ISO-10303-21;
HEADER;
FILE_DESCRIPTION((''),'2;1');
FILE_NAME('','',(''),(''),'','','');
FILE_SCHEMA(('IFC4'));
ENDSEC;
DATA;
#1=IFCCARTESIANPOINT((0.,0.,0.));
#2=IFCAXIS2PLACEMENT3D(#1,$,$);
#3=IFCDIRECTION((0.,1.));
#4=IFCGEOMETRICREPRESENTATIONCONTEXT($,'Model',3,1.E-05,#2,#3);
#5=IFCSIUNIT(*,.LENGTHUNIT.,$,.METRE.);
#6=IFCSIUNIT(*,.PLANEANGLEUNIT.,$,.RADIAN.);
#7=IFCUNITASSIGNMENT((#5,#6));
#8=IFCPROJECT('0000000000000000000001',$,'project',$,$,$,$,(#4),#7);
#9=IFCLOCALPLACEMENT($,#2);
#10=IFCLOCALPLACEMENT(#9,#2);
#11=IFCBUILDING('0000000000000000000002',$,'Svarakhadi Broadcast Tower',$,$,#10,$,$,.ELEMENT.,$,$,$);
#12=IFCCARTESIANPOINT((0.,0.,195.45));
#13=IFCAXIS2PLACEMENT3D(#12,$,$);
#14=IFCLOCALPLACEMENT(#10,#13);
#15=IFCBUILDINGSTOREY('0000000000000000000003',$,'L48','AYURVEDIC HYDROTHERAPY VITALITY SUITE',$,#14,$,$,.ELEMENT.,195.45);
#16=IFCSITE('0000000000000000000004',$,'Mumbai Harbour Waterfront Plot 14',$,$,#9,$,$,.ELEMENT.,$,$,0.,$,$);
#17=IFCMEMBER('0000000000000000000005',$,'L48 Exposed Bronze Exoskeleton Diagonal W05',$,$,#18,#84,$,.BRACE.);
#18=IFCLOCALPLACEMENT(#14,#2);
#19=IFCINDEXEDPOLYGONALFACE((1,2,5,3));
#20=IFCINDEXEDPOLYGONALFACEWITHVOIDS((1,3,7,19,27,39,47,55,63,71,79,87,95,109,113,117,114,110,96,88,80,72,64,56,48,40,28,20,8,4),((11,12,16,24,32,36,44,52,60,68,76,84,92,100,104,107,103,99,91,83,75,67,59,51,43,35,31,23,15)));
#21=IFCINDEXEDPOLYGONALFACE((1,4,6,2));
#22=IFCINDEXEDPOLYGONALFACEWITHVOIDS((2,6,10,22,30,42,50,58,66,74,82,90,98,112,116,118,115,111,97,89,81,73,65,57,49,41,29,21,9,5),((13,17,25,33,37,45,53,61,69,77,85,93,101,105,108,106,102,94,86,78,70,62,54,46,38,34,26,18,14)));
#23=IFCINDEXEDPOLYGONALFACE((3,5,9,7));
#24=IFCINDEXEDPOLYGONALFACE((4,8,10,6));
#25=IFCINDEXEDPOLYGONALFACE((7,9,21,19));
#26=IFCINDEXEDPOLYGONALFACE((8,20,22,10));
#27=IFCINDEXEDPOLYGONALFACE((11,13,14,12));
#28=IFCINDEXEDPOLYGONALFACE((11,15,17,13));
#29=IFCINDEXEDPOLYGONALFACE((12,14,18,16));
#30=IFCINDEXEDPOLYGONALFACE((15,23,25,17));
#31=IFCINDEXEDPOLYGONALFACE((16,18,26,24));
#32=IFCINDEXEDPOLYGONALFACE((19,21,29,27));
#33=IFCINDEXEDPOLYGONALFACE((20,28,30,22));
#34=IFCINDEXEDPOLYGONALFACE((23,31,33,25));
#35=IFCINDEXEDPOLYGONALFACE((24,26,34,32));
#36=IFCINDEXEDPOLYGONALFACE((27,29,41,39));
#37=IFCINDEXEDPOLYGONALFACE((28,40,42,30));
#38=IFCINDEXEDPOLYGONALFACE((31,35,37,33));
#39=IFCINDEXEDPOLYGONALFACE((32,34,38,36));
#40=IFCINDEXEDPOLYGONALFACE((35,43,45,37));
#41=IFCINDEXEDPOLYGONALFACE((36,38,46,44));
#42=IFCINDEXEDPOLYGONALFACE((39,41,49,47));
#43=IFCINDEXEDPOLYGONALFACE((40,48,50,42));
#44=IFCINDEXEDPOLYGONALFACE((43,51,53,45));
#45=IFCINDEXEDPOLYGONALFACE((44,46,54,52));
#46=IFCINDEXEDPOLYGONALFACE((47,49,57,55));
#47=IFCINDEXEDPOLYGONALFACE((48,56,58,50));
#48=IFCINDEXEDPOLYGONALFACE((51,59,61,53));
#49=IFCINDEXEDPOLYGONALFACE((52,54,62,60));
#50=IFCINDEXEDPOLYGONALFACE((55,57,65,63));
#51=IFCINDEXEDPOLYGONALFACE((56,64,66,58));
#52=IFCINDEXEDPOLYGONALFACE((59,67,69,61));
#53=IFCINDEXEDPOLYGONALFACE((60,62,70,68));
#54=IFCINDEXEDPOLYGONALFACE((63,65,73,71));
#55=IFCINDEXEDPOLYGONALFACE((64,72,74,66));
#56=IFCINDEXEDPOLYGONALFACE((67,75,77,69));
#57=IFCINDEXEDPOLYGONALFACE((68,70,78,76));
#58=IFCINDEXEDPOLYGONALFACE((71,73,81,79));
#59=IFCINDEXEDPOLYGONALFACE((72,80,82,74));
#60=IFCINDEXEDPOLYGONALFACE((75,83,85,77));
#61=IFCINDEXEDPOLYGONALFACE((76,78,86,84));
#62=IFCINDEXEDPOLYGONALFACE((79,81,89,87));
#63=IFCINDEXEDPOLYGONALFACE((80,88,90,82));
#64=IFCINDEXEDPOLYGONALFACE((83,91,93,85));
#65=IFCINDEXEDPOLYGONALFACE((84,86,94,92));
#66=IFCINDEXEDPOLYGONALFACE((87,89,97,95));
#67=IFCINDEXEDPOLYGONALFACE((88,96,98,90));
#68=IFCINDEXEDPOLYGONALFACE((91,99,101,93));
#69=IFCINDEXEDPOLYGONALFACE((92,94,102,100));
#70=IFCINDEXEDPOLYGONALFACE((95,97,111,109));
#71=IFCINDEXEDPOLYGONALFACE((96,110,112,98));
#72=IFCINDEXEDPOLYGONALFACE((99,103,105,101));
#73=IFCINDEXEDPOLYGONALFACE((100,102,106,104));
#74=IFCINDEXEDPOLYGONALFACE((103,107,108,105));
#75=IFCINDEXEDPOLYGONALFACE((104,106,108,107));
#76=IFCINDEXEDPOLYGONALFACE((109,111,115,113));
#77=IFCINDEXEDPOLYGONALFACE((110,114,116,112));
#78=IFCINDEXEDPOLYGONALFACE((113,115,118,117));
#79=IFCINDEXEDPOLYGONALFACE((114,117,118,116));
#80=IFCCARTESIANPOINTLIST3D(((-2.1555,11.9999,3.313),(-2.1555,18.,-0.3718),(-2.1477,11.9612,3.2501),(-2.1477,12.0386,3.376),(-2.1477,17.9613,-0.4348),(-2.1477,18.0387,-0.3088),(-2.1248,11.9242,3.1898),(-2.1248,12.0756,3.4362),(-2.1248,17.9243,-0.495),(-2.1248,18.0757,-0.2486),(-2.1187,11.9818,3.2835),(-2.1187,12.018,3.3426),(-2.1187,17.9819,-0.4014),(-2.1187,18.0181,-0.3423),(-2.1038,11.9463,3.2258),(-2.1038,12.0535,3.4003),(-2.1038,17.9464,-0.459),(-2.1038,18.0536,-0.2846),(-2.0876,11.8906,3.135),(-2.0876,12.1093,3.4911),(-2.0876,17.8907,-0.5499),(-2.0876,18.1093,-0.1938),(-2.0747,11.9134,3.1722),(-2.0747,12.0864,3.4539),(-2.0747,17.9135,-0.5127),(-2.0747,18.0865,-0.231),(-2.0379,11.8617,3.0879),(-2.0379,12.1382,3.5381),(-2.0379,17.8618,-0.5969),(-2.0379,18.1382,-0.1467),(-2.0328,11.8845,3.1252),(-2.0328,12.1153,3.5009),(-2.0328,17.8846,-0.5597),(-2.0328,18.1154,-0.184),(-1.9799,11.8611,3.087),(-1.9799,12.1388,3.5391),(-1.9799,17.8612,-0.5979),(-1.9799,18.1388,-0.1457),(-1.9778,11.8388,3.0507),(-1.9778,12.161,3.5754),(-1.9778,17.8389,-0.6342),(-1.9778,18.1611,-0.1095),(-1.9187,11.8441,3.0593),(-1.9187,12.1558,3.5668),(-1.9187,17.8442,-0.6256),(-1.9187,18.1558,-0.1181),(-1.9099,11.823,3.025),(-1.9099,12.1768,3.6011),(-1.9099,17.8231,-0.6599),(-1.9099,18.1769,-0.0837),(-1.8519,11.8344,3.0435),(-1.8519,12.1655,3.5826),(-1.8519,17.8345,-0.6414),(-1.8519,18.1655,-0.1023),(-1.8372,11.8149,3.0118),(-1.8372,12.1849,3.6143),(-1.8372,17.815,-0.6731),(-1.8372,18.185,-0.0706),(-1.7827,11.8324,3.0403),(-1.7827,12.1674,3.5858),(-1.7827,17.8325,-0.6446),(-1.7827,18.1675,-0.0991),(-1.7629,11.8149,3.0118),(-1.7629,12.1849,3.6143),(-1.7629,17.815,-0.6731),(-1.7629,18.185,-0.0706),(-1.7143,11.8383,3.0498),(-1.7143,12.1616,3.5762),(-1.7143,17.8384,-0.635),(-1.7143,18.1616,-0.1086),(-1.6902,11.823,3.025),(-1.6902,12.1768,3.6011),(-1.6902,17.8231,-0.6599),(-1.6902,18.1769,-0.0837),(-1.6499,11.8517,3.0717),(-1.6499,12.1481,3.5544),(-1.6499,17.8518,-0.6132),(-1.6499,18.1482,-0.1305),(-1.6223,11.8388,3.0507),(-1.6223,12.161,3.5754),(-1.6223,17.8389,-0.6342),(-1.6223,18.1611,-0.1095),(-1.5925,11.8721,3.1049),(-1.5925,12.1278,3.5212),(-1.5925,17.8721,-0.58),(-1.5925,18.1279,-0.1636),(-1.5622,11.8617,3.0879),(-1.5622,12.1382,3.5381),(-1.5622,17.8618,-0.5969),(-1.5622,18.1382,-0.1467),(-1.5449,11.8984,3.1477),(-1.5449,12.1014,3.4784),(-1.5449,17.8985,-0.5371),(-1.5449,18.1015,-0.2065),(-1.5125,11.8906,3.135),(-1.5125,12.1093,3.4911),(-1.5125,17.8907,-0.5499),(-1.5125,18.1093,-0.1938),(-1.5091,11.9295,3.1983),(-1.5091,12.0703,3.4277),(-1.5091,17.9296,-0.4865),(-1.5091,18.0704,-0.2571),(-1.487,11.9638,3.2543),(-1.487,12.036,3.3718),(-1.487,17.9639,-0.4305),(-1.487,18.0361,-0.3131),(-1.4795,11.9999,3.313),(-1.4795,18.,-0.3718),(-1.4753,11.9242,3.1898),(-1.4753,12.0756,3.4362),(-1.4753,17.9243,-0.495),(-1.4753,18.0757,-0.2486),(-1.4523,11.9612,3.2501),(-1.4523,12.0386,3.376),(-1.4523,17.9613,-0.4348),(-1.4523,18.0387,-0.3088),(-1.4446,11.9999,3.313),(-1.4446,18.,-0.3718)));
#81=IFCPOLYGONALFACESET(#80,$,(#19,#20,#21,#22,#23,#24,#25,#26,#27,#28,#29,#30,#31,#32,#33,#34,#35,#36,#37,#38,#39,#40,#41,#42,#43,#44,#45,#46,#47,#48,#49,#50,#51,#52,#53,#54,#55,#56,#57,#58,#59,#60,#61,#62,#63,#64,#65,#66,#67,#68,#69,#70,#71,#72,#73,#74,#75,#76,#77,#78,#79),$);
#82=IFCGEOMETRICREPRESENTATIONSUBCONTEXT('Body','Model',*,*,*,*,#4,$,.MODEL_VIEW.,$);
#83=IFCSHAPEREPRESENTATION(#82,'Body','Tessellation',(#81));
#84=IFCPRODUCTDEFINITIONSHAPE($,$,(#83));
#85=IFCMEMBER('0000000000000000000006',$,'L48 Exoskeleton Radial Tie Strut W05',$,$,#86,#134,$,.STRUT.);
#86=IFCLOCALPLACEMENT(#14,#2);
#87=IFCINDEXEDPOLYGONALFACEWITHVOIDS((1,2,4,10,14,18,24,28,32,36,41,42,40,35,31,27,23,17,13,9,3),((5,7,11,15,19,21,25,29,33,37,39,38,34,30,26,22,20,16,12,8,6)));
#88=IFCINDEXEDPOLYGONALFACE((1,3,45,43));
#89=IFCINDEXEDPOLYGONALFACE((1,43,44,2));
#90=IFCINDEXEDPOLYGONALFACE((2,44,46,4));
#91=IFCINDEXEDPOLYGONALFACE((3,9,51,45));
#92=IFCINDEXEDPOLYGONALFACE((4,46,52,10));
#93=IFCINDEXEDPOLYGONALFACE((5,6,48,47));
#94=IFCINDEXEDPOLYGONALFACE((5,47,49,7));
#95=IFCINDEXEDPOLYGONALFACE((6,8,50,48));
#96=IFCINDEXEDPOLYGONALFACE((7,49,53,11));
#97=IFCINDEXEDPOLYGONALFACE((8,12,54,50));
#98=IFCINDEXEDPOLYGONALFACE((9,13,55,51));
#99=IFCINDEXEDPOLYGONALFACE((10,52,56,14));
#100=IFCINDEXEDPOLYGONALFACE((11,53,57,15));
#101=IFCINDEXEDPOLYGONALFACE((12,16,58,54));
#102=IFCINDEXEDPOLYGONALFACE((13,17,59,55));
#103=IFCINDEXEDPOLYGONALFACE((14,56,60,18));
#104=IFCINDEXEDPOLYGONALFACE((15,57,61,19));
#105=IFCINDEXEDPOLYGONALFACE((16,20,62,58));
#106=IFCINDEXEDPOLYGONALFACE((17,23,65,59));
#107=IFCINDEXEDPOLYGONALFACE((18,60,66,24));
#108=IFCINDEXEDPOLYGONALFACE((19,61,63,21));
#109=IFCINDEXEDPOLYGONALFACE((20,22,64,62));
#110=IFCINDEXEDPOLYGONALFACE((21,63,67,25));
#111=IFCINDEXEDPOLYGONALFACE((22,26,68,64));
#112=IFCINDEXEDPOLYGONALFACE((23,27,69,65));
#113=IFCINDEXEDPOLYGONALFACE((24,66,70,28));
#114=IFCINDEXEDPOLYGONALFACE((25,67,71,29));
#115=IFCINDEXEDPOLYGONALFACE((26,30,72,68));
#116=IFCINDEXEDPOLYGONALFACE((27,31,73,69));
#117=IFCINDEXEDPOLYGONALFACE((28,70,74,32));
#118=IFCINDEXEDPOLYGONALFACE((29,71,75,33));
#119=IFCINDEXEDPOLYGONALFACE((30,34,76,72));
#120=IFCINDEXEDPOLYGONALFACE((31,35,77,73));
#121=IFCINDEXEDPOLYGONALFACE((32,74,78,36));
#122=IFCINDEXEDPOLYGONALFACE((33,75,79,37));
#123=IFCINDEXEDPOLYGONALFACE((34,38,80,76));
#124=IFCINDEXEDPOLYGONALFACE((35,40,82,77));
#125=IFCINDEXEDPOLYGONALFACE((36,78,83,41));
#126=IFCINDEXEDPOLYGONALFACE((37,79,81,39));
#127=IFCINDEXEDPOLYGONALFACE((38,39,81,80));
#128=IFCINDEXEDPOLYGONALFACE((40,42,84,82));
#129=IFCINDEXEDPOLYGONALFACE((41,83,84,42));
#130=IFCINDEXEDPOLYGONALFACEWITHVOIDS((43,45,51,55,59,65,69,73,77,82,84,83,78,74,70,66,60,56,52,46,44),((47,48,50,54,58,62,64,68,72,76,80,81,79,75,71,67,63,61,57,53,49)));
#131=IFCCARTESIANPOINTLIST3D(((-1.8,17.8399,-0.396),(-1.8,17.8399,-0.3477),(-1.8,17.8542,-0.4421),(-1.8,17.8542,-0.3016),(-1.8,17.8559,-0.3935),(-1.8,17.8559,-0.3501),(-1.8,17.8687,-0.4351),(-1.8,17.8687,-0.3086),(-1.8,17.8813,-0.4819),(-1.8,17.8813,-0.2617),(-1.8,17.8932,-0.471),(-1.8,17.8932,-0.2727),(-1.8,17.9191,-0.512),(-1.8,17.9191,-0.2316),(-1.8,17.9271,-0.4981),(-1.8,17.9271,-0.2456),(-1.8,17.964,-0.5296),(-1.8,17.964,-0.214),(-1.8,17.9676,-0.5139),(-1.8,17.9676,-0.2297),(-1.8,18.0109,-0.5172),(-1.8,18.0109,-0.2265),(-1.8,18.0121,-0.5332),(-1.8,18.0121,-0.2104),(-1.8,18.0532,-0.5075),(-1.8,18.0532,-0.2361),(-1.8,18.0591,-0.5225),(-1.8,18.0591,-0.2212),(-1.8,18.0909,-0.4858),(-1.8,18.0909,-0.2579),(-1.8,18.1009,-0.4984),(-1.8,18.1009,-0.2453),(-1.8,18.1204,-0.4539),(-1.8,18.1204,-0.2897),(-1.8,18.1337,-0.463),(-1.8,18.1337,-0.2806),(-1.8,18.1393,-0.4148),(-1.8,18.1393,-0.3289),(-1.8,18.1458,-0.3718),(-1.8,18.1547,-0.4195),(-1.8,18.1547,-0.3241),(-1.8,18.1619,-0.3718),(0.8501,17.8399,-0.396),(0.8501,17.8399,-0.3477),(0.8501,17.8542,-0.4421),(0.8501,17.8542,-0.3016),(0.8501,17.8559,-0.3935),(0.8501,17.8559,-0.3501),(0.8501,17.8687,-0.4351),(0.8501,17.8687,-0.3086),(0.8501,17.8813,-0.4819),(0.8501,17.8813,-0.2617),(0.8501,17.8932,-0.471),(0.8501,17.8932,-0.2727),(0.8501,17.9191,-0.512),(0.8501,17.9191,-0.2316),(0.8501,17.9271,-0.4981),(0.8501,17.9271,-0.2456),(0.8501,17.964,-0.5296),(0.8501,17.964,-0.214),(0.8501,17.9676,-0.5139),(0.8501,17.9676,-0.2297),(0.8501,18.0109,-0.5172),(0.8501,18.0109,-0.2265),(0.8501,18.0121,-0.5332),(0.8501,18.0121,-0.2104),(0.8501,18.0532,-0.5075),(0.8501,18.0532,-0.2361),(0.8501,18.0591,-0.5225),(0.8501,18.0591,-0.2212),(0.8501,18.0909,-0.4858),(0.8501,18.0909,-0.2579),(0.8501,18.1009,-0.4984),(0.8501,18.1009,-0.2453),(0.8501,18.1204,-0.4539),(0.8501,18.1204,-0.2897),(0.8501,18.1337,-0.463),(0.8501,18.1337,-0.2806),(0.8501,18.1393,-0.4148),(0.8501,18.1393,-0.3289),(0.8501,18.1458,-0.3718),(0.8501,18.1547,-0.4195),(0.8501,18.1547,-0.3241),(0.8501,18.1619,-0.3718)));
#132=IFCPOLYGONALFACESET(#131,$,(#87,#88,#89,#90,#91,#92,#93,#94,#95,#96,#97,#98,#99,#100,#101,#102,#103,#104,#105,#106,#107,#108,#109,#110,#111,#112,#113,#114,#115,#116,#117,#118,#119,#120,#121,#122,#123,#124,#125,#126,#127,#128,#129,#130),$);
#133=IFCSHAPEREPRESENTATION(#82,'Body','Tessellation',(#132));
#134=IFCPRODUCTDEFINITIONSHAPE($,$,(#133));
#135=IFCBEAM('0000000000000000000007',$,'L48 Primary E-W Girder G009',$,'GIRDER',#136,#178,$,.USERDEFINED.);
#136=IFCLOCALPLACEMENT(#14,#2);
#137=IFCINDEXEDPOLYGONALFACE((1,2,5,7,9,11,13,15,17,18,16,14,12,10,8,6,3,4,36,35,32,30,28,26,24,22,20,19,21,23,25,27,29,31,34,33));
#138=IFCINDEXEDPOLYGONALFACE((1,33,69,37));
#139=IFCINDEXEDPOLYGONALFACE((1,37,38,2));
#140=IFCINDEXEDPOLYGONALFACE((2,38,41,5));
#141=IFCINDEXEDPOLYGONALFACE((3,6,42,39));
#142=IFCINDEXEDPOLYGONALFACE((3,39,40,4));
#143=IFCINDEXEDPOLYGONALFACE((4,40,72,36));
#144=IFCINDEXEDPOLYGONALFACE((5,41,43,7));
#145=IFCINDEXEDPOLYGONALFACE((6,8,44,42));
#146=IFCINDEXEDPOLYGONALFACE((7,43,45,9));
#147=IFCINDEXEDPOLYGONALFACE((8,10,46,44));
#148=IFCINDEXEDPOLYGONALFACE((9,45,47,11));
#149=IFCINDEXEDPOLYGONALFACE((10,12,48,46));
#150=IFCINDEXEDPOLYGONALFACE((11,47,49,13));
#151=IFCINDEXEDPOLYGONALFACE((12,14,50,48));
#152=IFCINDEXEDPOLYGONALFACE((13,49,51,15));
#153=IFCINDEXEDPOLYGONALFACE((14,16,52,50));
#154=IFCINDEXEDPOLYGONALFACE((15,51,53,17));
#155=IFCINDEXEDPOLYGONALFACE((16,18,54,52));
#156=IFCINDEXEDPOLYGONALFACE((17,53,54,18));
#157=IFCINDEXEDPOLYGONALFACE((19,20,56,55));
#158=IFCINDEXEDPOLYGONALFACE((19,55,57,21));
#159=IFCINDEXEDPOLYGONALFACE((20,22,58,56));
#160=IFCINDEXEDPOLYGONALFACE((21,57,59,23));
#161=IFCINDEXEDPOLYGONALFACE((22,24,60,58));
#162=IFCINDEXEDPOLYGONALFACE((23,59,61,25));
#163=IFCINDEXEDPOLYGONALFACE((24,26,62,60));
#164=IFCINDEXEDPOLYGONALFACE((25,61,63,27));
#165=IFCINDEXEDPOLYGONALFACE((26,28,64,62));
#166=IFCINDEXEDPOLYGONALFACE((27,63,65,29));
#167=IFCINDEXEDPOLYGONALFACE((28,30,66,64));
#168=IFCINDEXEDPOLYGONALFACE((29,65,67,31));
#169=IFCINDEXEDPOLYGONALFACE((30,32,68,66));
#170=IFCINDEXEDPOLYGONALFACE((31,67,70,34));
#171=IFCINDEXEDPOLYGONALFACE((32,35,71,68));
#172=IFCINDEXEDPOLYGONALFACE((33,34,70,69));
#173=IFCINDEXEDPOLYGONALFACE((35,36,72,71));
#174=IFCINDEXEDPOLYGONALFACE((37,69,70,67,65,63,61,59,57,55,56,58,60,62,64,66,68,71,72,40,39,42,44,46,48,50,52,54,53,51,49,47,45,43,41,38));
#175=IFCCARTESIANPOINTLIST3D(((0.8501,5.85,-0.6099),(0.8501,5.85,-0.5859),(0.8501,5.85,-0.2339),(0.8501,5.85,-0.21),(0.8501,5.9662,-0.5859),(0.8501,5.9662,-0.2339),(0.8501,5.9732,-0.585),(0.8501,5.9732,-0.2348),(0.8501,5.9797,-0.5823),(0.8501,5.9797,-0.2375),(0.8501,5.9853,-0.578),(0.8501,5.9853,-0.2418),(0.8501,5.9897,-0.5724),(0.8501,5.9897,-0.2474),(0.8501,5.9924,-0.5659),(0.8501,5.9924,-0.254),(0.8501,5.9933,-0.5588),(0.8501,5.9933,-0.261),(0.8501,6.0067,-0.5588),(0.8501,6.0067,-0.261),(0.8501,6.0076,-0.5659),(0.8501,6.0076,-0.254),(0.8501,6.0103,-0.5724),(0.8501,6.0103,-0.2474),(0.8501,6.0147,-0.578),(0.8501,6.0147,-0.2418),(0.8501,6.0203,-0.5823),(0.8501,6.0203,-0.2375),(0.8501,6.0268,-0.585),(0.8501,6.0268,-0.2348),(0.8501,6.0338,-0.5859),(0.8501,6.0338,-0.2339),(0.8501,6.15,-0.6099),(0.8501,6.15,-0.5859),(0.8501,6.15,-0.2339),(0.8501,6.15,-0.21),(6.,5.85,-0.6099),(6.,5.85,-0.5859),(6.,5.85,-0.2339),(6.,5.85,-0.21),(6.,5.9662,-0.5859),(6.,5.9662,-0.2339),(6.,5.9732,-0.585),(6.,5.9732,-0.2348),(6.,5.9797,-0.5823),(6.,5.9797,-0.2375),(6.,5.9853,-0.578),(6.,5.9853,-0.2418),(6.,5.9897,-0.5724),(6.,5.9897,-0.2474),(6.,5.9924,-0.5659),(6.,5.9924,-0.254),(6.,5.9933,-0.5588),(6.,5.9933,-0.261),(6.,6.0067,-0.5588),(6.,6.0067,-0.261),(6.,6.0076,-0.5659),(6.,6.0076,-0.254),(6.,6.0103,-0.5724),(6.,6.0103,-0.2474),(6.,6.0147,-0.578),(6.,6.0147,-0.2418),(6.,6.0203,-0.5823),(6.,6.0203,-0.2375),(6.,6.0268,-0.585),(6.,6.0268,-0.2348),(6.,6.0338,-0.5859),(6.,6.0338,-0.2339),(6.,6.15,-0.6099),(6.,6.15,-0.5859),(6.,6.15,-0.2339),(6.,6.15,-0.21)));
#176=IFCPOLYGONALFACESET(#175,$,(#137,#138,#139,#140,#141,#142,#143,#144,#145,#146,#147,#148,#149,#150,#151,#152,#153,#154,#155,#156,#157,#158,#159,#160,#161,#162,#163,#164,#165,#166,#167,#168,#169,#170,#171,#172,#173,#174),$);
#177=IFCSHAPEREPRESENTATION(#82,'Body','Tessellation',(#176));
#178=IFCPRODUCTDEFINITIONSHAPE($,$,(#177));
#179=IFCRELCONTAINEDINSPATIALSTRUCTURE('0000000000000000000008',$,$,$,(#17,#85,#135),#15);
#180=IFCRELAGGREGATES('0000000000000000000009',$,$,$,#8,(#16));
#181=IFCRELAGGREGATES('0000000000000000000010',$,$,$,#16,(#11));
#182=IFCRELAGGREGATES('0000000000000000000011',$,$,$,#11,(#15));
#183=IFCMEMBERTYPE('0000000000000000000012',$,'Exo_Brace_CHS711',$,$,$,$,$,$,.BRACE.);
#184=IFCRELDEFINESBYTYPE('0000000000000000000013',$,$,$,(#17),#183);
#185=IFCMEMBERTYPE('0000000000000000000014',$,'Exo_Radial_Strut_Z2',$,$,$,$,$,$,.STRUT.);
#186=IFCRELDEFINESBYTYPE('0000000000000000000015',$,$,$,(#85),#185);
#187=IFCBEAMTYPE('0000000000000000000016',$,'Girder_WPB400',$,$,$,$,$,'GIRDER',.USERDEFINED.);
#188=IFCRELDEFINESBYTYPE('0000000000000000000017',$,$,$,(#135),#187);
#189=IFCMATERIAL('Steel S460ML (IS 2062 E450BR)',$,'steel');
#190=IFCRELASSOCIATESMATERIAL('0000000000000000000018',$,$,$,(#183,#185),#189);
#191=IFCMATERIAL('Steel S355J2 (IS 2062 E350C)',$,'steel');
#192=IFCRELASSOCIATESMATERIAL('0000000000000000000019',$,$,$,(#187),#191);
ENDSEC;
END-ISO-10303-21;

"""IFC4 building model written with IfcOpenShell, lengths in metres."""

from ifc_helpers import new_model, si_unit, direction, frame, origin, origin_2d, place, context, subcontext, project, spatial, hollow_circle, i_section, extrude, material, material_profile, profile_set, type_object, element, save


model = new_model("IFC4")

# Units and contexts
model_context = context("Model", 3, precision=1e-05, world=origin(), true_north=direction((0.0, 1.0)))
body_context = subcontext(model_context, "Body", "Model", "MODEL_VIEW")
ifc_project = project(units=[si_unit("LENGTHUNIT", "METRE"), si_unit("PLANEANGLEUNIT", "RADIAN")], contexts=[model_context])

# Site, building, storey
site_placement = place(None, origin())
site = spatial("IfcSite", under=ifc_project, at=site_placement, Name="Mumbai Harbour Waterfront Plot 14", CompositionType="ELEMENT", RefElevation=0.0)
building_placement = place(site_placement, origin())
building = spatial("IfcBuilding", under=site, at=building_placement, Name="Svarakhadi Broadcast Tower", CompositionType="ELEMENT")
storey_placement = place(building_placement, frame((0.0, 0.0, 195.45)))
storey = spatial("IfcBuildingStorey", under=building, at=storey_placement, Name="L48", Description="AYURVEDIC HYDROTHERAPY VITALITY SUITE", CompositionType="ELEMENT", Elevation=195.45)

# Shared definitions
ifc_material_1 = material(Name="Steel S460ML (IS 2062 E450BR)", Category="steel")

# Shared definitions
ifc_material_2 = material(Name="Steel S355J2 (IS 2062 E350C)", Category="steel")

# Members
ifc_material_profile_1 = material_profile(ifc_material_1, hollow_circle(Radius=0.3555, WallThickness=0.0349, at=origin_2d()), Name="CHS 711x35")
ifc_profile_set_1 = profile_set([ifc_material_profile_1], Name="Steel S460ML (IS 2062 E450BR)")
member_type_1 = type_object("IfcMemberType", Name="Exo_Brace_CHS711", PredefinedType="BRACE", material=ifc_profile_set_1)
for number, where, z_axis, x_axis, name in (
    (1, (-1.8, 18.0, -0.3718), (0.0, -0.852133, 0.523325), (1.0, 0.0, 0.0), "L48 Exposed Bronze Exoskeleton Diagonal W05"),
):
    element("IfcMember", number, at=place(storey_placement, frame(where, z_axis=z_axis, x_axis=x_axis)), inside=storey, type_object=member_type_1, Name=name, PredefinedType="BRACE", context=body_context, shape_type="SweptSolid", body=[
        extrude(hollow_circle(Radius=0.3555, WallThickness=0.0349, at=origin_2d()), origin(), (0.0, 0.0, 1.0), 7.0413),
    ])
ifc_material_profile_2 = material_profile(ifc_material_1, hollow_circle(Radius=0.1619, WallThickness=0.0161, at=origin_2d()), Name="CHS 323.9x16")
ifc_profile_set_2 = profile_set([ifc_material_profile_2], Name="Steel S460ML (IS 2062 E450BR)")
member_type_2 = type_object("IfcMemberType", Name="Exo_Radial_Strut_Z2", PredefinedType="STRUT", material=ifc_profile_set_2)
member_1_placement = place(storey_placement, frame((-1.8, 18.0, -0.3718), z_axis=(1.0, 0.0, 0.0), x_axis=(0.0, 1.0, 0.0)))
element("IfcMember", 2, at=member_1_placement, inside=storey, type_object=member_type_2, Name="L48 Exoskeleton Radial Tie Strut W05", PredefinedType="STRUT", context=body_context, shape_type="SweptSolid", body=[
    extrude(hollow_circle(Radius=0.1619, WallThickness=0.0161, at=origin_2d()), origin(), (0.0, 0.0, 1.0), 2.6501),
])

# Beam
ifc_material_profile_3 = material_profile(ifc_material_2, i_section(OverallWidth=0.3, OverallDepth=0.3999, WebThickness=0.0134, FlangeThickness=0.0239, FilletRadius=0.0271, at=origin_2d()), Name="WPB 400x300x155")
ifc_profile_set_3 = profile_set([ifc_material_profile_3], Name="Steel S355J2 (IS 2062 E350C)")
beam_type_1 = type_object("IfcBeamType", Name="Girder_WPB400", ElementType="GIRDER", PredefinedType="USERDEFINED", material=ifc_profile_set_3)
for number, where, z_axis, x_axis, name in (
    (3, (0.8501, 6.0, -0.4099), (1.0, 0.0, 0.0), (0.0, 1.0, 0.0), "L48 Primary E-W Girder G009"),
):
    element("IfcBeam", number, at=place(storey_placement, frame(where, z_axis=z_axis, x_axis=x_axis)), inside=storey, type_object=beam_type_1, Name=name, ObjectType="GIRDER", PredefinedType="USERDEFINED", context=body_context, shape_type="SweptSolid", body=[
        extrude(i_section(OverallWidth=0.3, OverallDepth=0.3999, WebThickness=0.0134, FlangeThickness=0.0239, FilletRadius=0.0271, at=origin_2d()), origin(), (0.0, 0.0, 1.0), 5.1499),
    ])

save(model, "model.ifc")
